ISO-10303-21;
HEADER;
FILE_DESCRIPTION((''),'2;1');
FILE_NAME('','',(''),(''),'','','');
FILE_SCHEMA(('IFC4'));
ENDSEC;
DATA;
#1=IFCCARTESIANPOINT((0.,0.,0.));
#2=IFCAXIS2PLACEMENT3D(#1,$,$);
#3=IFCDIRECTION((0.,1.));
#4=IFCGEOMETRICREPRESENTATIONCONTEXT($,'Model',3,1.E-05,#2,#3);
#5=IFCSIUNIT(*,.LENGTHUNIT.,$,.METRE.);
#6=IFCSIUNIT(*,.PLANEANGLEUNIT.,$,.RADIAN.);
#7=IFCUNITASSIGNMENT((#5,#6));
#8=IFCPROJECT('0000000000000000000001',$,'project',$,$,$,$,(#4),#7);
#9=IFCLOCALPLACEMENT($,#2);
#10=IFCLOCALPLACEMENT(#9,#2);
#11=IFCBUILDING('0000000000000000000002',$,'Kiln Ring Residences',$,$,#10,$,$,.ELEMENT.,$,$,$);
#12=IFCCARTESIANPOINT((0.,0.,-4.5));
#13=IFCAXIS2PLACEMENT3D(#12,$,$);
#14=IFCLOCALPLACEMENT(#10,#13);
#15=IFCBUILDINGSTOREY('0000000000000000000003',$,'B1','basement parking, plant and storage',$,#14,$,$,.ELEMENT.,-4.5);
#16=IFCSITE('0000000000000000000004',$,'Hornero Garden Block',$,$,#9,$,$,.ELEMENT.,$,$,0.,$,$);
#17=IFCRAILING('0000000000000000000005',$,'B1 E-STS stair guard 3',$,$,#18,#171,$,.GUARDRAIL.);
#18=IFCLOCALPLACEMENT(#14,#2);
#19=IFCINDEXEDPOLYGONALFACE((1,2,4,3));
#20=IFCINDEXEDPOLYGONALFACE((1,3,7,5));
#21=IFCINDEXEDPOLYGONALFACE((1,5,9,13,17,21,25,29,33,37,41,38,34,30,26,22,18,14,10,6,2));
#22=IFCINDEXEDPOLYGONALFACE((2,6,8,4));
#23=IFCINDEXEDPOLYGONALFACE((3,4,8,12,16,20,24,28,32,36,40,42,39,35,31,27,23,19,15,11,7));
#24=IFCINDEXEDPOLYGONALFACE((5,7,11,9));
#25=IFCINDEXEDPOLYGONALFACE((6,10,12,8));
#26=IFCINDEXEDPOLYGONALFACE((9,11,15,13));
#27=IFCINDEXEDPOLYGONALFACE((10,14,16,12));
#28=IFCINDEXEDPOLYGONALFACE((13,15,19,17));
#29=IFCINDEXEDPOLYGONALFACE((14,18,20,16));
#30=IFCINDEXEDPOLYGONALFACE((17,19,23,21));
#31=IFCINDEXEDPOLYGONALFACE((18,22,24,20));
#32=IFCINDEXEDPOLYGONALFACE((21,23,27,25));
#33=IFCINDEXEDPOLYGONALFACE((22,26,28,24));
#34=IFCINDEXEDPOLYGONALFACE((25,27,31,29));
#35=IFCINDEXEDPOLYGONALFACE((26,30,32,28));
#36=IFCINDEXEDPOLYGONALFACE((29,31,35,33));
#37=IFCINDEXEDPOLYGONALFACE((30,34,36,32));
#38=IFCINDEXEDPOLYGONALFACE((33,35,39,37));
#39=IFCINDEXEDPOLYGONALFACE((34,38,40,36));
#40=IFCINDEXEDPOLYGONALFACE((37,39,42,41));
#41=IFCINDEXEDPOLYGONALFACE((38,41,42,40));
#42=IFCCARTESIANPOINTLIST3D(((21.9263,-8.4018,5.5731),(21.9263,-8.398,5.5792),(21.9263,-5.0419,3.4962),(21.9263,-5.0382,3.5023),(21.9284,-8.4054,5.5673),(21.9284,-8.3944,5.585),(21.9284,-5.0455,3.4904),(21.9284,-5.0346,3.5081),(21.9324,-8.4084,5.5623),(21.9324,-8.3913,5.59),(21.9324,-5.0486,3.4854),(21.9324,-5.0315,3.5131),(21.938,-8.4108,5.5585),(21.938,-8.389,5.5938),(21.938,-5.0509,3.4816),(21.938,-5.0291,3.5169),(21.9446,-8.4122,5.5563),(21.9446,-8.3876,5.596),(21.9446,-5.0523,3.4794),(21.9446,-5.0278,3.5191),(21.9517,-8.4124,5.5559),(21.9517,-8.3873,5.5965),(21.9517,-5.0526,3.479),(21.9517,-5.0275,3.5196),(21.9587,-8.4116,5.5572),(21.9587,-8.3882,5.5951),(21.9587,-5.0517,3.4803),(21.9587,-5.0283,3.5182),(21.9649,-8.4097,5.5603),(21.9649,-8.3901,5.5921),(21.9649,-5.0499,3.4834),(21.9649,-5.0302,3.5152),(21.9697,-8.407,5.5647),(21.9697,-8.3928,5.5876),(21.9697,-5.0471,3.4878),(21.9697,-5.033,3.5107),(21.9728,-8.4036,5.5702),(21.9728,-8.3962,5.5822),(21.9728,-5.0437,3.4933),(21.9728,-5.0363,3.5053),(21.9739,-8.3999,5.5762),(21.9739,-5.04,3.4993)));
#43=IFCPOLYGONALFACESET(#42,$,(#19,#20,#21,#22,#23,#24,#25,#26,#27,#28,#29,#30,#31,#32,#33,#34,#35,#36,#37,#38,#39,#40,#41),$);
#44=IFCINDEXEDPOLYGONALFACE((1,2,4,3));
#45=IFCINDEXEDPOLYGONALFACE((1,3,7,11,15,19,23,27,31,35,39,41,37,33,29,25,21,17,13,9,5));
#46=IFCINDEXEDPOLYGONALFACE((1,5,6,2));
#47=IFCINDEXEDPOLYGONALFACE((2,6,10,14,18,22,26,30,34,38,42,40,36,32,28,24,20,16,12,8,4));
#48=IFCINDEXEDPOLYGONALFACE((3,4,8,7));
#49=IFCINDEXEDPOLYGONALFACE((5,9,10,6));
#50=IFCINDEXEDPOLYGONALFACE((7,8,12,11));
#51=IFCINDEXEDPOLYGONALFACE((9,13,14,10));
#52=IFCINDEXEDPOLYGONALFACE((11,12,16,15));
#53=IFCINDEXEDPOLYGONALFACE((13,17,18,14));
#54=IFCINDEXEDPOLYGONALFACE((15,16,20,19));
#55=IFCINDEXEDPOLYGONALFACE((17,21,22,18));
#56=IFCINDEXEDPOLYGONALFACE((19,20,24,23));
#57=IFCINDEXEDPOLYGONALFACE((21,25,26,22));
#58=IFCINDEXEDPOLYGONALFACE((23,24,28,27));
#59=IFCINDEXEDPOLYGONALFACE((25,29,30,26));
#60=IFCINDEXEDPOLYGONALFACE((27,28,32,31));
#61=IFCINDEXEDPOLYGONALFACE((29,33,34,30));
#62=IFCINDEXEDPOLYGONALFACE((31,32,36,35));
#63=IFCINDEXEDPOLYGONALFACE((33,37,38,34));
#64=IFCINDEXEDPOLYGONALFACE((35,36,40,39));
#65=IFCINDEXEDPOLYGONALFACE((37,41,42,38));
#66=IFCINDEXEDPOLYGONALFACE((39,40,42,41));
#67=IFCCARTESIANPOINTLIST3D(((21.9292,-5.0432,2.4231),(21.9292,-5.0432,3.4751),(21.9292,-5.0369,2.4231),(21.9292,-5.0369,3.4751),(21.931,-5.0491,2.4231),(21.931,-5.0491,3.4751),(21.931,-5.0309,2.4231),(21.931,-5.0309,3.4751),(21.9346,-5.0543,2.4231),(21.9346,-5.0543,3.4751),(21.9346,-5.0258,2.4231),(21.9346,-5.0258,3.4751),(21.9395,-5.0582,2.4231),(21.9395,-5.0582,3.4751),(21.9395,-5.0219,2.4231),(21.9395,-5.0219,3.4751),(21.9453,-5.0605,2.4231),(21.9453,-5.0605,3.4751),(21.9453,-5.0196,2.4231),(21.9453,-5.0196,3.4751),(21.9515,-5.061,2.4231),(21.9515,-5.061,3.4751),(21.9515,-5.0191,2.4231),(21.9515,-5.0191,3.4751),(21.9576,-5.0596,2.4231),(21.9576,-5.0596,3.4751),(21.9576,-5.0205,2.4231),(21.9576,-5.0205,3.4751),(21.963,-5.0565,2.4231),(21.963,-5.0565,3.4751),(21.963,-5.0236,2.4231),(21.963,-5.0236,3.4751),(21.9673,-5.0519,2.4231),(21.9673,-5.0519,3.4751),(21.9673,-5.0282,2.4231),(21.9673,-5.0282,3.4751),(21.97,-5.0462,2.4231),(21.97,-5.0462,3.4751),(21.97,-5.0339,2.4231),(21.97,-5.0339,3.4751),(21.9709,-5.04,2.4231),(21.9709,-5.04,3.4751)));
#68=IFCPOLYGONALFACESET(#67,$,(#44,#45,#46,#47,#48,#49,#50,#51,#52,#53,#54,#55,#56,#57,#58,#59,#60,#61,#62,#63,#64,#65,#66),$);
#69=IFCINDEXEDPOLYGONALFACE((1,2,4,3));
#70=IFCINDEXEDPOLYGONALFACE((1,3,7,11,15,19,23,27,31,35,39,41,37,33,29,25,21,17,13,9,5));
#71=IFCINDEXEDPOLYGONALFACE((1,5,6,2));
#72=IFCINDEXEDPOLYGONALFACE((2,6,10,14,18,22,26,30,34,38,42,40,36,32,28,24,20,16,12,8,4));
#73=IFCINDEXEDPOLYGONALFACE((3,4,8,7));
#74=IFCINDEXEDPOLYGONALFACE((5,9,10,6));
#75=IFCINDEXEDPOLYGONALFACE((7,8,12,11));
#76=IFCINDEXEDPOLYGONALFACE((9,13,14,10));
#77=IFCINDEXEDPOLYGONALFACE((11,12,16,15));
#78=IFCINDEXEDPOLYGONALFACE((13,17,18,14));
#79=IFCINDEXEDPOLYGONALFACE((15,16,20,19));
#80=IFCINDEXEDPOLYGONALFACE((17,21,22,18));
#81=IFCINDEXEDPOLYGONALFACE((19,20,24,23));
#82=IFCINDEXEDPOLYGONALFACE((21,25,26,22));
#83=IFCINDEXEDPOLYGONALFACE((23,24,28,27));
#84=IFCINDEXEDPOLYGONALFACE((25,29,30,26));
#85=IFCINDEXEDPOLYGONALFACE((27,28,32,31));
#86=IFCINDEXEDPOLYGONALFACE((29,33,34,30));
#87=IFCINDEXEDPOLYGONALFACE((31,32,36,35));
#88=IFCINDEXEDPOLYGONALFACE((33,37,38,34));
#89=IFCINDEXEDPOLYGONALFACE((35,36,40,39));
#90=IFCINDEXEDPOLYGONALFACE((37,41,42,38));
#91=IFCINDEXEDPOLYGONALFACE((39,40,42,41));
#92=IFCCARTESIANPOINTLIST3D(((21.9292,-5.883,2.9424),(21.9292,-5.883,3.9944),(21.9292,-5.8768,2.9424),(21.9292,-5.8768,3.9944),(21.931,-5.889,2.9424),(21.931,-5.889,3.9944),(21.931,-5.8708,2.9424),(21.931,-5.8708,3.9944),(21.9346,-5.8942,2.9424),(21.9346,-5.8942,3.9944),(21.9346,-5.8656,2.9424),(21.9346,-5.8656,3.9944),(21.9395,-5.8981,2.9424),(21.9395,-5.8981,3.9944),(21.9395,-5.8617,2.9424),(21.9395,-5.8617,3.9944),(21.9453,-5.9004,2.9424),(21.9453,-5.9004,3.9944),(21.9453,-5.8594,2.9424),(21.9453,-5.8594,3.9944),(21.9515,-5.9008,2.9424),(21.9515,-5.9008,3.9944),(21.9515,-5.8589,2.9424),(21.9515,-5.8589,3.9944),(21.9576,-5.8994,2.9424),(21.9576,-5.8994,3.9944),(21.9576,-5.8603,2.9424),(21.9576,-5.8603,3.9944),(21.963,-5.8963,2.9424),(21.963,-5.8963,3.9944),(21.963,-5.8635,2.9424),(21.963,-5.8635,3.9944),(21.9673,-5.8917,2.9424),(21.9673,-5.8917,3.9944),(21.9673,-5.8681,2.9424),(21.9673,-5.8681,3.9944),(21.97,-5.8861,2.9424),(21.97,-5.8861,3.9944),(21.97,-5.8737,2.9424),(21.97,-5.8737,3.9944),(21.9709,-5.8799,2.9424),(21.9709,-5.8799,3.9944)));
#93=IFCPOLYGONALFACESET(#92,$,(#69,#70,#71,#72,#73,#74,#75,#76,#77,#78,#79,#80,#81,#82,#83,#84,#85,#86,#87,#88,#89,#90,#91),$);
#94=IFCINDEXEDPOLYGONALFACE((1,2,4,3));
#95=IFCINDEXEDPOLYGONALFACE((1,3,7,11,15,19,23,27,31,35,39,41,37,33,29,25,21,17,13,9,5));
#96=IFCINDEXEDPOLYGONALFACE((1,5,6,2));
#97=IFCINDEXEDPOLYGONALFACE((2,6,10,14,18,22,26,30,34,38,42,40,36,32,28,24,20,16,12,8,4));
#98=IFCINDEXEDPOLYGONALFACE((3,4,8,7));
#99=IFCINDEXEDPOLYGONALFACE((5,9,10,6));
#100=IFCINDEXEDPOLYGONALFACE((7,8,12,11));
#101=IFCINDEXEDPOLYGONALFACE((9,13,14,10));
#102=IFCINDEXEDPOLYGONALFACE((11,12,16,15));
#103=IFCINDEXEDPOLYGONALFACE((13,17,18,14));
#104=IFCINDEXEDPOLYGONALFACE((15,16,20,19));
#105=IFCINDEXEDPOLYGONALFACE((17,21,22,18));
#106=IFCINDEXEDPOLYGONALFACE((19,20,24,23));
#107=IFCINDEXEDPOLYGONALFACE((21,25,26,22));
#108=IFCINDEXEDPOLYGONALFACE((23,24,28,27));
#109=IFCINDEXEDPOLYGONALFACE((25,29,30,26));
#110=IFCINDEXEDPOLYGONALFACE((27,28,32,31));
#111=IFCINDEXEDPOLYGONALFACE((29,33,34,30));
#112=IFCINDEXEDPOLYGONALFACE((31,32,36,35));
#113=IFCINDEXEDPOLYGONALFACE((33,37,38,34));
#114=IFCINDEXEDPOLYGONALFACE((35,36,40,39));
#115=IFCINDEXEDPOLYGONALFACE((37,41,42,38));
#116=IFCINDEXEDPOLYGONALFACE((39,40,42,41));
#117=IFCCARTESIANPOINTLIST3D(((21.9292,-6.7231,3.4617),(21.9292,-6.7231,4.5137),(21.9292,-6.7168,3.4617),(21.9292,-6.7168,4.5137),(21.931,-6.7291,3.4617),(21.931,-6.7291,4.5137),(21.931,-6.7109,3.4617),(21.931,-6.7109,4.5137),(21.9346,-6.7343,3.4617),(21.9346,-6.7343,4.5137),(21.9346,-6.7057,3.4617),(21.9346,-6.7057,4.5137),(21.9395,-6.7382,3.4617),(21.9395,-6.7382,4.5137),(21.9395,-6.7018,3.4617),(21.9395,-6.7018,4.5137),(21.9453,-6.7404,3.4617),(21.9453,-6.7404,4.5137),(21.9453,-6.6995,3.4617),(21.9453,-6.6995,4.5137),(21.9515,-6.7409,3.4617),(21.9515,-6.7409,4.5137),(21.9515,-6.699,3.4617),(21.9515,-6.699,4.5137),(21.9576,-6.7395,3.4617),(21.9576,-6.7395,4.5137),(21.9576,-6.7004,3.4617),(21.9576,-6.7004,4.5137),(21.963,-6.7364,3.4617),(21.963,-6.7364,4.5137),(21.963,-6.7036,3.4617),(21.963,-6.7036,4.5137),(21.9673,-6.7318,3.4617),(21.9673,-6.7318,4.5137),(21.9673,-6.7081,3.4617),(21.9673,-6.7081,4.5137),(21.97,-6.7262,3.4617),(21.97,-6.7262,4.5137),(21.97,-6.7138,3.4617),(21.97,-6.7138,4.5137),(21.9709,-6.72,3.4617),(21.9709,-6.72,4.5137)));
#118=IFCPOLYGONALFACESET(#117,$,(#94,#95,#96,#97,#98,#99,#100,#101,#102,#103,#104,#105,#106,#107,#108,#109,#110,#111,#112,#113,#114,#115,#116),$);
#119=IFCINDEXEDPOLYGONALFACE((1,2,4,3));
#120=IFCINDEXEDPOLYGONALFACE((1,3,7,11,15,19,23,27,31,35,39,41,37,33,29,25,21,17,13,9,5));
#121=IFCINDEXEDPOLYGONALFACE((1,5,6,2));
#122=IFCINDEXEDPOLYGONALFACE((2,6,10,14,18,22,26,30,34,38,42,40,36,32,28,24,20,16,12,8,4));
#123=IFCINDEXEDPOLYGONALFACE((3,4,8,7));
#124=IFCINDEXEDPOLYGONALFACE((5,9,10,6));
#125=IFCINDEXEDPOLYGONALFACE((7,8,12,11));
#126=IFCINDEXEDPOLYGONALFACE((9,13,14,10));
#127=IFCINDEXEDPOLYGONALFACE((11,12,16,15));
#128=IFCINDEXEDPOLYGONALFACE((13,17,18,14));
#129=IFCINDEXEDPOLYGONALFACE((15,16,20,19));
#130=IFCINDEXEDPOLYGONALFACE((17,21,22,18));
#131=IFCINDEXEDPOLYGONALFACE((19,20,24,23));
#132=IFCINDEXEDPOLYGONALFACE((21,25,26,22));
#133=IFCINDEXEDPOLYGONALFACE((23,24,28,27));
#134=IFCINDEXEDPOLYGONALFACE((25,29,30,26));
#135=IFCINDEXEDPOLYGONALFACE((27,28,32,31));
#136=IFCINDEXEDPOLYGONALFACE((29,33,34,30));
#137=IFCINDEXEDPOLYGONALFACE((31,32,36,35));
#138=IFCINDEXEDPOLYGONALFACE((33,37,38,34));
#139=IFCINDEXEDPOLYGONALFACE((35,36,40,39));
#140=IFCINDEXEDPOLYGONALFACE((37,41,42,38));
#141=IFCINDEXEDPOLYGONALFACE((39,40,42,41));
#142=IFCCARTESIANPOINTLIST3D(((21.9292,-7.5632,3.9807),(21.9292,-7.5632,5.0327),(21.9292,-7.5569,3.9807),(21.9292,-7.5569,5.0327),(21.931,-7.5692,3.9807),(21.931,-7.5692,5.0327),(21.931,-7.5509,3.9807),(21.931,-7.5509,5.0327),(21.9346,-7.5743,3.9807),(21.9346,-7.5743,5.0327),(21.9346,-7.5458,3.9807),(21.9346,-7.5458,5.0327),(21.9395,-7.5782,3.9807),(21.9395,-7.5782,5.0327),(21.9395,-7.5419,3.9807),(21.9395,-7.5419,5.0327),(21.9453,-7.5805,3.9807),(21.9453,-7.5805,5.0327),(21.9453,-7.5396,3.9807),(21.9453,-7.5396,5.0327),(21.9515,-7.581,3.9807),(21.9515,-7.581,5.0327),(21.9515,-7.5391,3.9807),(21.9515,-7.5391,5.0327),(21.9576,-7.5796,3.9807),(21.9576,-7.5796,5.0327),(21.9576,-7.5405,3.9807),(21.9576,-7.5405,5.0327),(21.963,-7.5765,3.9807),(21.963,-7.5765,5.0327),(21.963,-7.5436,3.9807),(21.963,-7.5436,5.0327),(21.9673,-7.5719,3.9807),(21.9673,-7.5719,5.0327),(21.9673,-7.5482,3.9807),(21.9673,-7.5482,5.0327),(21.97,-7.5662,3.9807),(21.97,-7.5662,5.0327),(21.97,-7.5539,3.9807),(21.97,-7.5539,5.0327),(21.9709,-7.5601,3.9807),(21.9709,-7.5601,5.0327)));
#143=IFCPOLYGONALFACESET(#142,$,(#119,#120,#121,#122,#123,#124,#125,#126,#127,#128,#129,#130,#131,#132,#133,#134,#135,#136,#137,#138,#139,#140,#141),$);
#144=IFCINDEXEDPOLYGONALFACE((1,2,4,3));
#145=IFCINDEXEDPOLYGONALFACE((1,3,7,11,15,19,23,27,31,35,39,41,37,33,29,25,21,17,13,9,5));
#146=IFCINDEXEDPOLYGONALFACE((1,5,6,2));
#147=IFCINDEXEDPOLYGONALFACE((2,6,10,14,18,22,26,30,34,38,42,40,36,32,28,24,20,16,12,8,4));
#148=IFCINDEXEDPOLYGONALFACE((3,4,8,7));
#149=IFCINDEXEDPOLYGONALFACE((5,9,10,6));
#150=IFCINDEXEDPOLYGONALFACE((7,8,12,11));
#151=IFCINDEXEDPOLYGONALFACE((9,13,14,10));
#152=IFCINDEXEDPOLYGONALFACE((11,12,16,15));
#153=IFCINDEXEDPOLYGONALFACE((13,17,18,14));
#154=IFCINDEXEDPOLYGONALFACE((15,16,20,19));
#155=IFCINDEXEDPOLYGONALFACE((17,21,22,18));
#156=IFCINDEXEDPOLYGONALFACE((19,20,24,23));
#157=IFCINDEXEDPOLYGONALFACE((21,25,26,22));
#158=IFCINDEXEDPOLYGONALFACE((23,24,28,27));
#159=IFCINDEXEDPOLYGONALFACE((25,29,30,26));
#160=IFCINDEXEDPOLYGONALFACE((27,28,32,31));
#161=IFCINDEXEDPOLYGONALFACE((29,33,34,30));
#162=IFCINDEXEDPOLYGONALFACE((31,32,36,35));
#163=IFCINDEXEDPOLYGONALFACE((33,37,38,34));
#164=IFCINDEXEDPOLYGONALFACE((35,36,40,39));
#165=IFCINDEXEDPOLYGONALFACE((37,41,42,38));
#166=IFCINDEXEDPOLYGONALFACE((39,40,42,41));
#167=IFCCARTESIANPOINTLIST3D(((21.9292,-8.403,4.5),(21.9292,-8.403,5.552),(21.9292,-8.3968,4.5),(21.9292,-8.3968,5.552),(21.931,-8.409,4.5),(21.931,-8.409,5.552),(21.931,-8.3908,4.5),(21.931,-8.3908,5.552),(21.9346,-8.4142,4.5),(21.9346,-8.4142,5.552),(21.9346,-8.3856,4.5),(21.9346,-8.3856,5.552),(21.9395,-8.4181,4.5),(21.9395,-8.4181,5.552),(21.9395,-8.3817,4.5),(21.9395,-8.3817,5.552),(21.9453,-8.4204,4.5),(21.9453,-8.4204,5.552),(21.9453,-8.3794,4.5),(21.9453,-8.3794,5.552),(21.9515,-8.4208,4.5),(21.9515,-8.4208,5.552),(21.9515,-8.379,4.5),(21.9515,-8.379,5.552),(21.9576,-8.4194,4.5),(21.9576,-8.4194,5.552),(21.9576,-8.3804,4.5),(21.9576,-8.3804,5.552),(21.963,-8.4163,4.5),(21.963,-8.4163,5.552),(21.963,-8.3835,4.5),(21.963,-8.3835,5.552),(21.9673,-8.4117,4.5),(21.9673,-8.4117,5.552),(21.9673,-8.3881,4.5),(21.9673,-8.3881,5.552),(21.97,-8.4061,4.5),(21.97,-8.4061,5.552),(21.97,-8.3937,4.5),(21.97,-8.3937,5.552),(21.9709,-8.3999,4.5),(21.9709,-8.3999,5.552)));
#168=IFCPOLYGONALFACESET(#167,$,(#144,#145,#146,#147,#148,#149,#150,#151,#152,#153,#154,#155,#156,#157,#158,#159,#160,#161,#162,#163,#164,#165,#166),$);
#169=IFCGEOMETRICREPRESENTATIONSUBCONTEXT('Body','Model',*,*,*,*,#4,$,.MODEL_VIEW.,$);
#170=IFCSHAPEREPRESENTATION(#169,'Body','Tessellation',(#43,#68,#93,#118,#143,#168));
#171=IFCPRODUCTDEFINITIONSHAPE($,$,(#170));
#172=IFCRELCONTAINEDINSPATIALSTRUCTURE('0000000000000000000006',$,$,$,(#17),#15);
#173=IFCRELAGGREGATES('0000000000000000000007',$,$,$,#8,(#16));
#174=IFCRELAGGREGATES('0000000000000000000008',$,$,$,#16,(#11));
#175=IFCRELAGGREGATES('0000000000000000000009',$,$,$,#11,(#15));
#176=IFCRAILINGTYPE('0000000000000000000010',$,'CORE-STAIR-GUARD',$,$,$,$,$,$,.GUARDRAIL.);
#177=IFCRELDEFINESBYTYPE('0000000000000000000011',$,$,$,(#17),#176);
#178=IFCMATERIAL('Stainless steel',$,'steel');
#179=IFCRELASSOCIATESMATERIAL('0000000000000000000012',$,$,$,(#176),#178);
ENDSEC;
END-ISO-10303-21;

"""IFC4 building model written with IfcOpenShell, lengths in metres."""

from ifc_helpers import new_model, si_unit, direction, frame, origin, origin_2d, place, context, subcontext, project, spatial, circle, extrude, material, type_object, element, save


model = new_model("IFC4")

# Units and contexts
model_context = context("Model", 3, precision=1e-05, world=origin(), true_north=direction((0.0, 1.0)))
body_context = subcontext(model_context, "Body", "Model", "MODEL_VIEW")
ifc_project = project(units=[si_unit("LENGTHUNIT", "METRE"), si_unit("PLANEANGLEUNIT", "RADIAN")], contexts=[model_context])

# Site, building, storey
site_placement = place(None, origin())
site = spatial("IfcSite", under=ifc_project, at=site_placement, Name="Hornero Garden Block", CompositionType="ELEMENT", RefElevation=0.0)
building_placement = place(site_placement, origin())
building = spatial("IfcBuilding", under=site, at=building_placement, Name="Kiln Ring Residences", CompositionType="ELEMENT")
storey_placement = place(building_placement, frame((0.0, 0.0, -4.5)))
storey = spatial("IfcBuildingStorey", under=building, at=storey_placement, Name="B1", Description="basement parking, plant and storage", CompositionType="ELEMENT", Elevation=-4.5)

# Railing
ifc_material_1 = material(Name="Stainless steel", Category="steel")
railing_type_1 = type_object("IfcRailingType", Name="CORE-STAIR-GUARD", PredefinedType="GUARDRAIL", material=ifc_material_1)
railing_1_placement = place(storey_placement, frame((21.95, -5.04, 2.4231)))
element("IfcRailing", 1, at=railing_1_placement, inside=storey, type_object=railing_type_1, Name="B1 E-STS stair guard 3", PredefinedType="GUARDRAIL", context=body_context, shape_type="SweptSolid", body=[
    extrude(circle(Radius=0.0239, at=origin_2d()), frame((0.0, 0.0, 1.0762), z_axis=(0.0, -0.850606, 0.525803), x_axis=(1.0, 0.0, 0.0)), (0.0, 0.0, 1.0), 3.95),
    extrude(circle(Radius=0.021, at=origin_2d()), origin(), (0.0, 0.0, 1.0), 1.052),
    extrude(circle(Radius=0.021, at=origin_2d()), frame((0.0, -0.8398, 0.5193)), (0.0, 0.0, 1.0), 1.052),
    extrude(circle(Radius=0.021, at=origin_2d()), frame((0.0, -1.6799, 1.0386)), (0.0, 0.0, 1.0), 1.052),
    extrude(circle(Radius=0.021, at=origin_2d()), frame((0.0, -2.52, 1.5576)), (0.0, 0.0, 1.0), 1.052),
    extrude(circle(Radius=0.021, at=origin_2d()), frame((0.0, -3.3599, 2.0769)), (0.0, 0.0, 1.0), 1.052),
])

save(model, "model.ifc")
